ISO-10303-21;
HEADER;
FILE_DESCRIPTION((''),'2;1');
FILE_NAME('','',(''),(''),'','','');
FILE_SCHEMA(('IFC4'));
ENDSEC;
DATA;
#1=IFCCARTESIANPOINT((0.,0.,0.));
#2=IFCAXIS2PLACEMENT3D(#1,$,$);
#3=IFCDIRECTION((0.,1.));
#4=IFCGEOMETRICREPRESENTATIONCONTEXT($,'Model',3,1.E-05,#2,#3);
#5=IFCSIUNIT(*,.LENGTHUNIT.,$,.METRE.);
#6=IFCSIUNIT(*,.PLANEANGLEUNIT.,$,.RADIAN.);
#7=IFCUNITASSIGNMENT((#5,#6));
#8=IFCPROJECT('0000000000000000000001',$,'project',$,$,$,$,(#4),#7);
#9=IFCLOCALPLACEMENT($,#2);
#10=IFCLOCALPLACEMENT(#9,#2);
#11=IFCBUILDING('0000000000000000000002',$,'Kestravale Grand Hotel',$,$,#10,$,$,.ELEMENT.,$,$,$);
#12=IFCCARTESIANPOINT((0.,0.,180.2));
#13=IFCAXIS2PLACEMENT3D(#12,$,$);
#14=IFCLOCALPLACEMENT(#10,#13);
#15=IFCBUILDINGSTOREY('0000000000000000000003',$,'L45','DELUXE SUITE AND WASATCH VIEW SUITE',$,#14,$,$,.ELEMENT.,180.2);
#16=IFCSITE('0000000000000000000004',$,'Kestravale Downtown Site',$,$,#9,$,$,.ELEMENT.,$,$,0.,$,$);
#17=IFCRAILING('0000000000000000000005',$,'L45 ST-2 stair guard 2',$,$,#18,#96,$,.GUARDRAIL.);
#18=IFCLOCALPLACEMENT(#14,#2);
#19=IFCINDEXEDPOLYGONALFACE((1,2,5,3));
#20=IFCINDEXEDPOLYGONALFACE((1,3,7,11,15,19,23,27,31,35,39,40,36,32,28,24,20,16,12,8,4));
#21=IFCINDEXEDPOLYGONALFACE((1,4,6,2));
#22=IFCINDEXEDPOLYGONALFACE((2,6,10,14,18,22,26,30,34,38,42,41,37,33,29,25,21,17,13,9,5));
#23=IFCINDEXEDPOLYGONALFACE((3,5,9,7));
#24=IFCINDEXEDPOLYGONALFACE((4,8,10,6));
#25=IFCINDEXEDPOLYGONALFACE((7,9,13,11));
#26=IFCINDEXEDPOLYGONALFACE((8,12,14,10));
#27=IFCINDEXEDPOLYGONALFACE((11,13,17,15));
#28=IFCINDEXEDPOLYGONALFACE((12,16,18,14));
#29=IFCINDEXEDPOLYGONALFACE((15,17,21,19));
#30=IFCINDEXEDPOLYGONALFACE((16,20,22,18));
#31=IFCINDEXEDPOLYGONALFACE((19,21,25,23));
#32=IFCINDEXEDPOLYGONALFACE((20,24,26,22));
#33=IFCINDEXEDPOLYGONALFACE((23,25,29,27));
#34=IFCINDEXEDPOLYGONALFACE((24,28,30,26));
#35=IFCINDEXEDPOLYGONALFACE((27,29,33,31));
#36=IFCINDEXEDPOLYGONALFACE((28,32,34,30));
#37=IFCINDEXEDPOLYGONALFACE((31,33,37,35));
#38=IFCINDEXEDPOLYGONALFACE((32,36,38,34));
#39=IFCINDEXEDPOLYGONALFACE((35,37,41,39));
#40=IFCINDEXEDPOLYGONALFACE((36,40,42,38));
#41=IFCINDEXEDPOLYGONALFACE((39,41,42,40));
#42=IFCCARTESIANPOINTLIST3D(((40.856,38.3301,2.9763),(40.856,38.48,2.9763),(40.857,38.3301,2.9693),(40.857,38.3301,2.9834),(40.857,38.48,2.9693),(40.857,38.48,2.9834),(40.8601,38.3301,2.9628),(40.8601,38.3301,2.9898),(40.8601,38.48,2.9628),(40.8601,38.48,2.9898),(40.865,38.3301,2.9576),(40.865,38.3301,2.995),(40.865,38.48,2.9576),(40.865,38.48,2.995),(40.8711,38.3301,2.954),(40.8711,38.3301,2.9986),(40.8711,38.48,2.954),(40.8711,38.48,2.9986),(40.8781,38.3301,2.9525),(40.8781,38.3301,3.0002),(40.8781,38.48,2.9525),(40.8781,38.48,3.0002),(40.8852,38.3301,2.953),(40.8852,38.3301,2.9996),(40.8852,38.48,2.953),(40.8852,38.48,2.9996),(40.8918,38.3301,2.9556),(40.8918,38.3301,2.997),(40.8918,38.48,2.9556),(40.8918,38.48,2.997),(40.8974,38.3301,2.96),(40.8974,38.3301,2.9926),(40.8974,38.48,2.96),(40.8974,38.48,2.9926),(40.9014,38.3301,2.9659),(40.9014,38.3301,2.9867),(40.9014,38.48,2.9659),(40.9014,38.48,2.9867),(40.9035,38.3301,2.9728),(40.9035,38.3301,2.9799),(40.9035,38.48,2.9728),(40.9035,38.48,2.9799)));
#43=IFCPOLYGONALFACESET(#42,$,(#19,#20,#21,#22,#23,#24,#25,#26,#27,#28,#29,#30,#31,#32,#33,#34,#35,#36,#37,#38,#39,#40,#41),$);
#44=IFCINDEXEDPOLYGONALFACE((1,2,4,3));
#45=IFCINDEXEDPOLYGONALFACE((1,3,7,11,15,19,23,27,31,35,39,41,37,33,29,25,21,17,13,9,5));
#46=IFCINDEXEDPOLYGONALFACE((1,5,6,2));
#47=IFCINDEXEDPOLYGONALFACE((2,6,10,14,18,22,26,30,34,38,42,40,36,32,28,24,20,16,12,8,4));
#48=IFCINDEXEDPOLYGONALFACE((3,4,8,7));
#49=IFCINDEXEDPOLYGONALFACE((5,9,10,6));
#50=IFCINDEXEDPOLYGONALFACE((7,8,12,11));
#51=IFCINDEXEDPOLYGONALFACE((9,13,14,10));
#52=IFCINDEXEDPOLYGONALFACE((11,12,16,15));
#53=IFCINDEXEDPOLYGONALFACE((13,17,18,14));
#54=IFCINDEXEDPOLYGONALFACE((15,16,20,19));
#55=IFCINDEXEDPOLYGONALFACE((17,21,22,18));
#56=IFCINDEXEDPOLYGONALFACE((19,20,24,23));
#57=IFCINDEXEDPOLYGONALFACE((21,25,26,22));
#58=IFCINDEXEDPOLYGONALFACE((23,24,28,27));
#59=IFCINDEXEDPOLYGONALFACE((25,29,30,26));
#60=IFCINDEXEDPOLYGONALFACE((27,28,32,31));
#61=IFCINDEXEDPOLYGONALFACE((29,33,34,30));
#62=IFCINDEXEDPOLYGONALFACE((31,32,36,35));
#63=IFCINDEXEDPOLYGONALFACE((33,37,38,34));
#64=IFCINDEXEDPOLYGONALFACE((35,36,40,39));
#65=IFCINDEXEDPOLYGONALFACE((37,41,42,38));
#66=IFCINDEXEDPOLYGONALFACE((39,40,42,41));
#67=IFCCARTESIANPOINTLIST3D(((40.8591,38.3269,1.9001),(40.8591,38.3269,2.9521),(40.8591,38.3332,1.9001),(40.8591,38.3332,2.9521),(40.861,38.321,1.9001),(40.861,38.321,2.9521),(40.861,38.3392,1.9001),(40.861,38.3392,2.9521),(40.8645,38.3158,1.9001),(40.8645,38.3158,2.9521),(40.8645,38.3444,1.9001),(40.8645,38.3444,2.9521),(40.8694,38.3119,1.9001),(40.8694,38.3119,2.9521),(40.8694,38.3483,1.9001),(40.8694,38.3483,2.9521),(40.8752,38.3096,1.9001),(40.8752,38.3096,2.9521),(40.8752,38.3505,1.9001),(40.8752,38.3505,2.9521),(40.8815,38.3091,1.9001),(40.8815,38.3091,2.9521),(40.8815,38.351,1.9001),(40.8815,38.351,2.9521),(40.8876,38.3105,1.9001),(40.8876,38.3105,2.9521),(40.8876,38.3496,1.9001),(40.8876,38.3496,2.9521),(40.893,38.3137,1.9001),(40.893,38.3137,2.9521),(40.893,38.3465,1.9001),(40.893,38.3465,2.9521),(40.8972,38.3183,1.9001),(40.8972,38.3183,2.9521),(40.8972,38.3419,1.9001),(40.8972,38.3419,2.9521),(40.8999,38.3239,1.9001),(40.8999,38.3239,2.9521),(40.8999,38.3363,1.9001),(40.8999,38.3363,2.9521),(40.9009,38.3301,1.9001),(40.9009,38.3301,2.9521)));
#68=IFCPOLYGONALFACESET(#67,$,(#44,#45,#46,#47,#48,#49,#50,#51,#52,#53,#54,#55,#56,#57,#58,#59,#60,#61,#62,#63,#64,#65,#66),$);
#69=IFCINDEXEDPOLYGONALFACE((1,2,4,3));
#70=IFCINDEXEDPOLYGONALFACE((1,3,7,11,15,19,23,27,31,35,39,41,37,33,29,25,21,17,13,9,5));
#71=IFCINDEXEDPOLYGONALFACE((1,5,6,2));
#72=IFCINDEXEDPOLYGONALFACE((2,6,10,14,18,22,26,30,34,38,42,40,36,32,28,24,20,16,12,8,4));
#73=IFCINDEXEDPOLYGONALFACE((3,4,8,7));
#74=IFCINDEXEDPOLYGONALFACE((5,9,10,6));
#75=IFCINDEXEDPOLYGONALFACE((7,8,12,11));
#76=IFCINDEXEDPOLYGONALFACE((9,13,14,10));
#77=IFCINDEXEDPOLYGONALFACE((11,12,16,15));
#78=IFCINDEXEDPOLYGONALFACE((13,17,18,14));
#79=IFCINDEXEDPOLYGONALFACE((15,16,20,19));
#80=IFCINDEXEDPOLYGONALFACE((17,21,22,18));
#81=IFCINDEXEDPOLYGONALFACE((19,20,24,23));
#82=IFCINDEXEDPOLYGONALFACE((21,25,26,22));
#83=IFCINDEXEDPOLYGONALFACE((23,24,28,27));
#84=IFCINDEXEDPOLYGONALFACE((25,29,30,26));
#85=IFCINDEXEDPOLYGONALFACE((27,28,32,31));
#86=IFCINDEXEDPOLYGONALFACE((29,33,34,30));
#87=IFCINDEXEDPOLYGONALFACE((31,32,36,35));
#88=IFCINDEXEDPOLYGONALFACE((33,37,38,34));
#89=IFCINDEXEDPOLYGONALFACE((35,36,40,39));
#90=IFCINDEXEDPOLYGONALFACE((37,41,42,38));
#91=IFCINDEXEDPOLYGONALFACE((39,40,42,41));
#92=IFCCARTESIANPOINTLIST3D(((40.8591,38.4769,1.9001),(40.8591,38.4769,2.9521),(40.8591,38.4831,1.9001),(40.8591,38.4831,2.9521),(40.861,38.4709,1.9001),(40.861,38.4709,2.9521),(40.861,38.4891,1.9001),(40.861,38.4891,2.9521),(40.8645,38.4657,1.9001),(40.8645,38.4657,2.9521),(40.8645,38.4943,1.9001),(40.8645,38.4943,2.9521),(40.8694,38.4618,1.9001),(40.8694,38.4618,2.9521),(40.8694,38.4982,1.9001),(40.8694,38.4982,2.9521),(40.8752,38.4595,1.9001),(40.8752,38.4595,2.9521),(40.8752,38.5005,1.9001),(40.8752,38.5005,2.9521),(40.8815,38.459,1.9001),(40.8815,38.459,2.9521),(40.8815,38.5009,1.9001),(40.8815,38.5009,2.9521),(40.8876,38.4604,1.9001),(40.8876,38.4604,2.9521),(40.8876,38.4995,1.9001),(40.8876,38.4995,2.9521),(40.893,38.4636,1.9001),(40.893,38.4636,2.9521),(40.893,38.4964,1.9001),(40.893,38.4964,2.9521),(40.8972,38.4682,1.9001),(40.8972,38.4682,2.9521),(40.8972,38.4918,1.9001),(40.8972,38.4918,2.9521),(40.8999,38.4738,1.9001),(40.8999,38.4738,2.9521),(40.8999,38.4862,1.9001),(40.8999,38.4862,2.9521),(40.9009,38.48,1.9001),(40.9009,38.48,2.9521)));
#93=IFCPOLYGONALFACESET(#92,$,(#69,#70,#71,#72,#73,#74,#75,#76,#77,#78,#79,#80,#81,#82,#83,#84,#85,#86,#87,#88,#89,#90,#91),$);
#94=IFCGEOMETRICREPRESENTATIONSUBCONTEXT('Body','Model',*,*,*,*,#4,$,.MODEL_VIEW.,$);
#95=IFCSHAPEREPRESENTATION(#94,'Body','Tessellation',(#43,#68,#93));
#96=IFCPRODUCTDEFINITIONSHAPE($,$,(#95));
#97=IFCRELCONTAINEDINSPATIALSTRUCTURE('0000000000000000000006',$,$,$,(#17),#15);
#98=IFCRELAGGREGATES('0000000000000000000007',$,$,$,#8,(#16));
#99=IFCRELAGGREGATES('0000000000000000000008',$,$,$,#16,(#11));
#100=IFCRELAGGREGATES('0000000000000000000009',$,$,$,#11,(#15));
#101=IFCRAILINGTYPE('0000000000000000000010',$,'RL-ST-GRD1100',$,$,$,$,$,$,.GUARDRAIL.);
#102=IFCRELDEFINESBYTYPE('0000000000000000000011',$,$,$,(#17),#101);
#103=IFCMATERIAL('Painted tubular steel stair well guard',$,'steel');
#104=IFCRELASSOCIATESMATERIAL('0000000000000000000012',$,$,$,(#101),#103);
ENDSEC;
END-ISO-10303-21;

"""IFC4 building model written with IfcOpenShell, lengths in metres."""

from ifc_helpers import new_model, si_unit, direction, frame, origin, origin_2d, place, context, subcontext, project, spatial, circle, extrude, material, type_object, element, save


model = new_model("IFC4")

# Units and contexts
model_context = context("Model", 3, precision=1e-05, world=origin(), true_north=direction((0.0, 1.0)))
body_context = subcontext(model_context, "Body", "Model", "MODEL_VIEW")
ifc_project = project(units=[si_unit("LENGTHUNIT", "METRE"), si_unit("PLANEANGLEUNIT", "RADIAN")], contexts=[model_context])

# Site, building, storey
site_placement = place(None, origin())
site = spatial("IfcSite", under=ifc_project, at=site_placement, Name="Kestravale Downtown Site", CompositionType="ELEMENT", RefElevation=0.0)
building_placement = place(site_placement, origin())
building = spatial("IfcBuilding", under=site, at=building_placement, Name="Kestravale Grand Hotel", CompositionType="ELEMENT")
storey_placement = place(building_placement, frame((0.0, 0.0, 180.2)))
storey = spatial("IfcBuildingStorey", under=building, at=storey_placement, Name="L45", Description="DELUXE SUITE AND WASATCH VIEW SUITE", CompositionType="ELEMENT", Elevation=180.2)

# Railing
ifc_material_1 = material(Name="Painted tubular steel stair well guard", Category="steel")
railing_type_1 = type_object("IfcRailingType", Name="RL-ST-GRD1100", PredefinedType="GUARDRAIL", material=ifc_material_1)
railing_1_placement = place(storey_placement, frame((40.8799, 38.3301, 1.9001)))
element("IfcRailing", 1, at=railing_1_placement, inside=storey, type_object=railing_type_1, Name="L45 ST-2 stair guard 2", PredefinedType="GUARDRAIL", context=body_context, shape_type="SweptSolid", body=[
    extrude(circle(Radius=0.0239, at=origin_2d()), frame((0.0, 0.0, 1.0762), z_axis=(0.0, 1.0, 0.0), x_axis=(-1.0, 0.0, 0.0)), (0.0, 0.0, 1.0), 0.1499),
    extrude(circle(Radius=0.021, at=origin_2d()), origin(), (0.0, 0.0, 1.0), 1.052),
    extrude(circle(Radius=0.021, at=origin_2d()), frame((0.0, 0.1499, 0.0)), (0.0, 0.0, 1.0), 1.052),
])

save(model, "model.ifc")
